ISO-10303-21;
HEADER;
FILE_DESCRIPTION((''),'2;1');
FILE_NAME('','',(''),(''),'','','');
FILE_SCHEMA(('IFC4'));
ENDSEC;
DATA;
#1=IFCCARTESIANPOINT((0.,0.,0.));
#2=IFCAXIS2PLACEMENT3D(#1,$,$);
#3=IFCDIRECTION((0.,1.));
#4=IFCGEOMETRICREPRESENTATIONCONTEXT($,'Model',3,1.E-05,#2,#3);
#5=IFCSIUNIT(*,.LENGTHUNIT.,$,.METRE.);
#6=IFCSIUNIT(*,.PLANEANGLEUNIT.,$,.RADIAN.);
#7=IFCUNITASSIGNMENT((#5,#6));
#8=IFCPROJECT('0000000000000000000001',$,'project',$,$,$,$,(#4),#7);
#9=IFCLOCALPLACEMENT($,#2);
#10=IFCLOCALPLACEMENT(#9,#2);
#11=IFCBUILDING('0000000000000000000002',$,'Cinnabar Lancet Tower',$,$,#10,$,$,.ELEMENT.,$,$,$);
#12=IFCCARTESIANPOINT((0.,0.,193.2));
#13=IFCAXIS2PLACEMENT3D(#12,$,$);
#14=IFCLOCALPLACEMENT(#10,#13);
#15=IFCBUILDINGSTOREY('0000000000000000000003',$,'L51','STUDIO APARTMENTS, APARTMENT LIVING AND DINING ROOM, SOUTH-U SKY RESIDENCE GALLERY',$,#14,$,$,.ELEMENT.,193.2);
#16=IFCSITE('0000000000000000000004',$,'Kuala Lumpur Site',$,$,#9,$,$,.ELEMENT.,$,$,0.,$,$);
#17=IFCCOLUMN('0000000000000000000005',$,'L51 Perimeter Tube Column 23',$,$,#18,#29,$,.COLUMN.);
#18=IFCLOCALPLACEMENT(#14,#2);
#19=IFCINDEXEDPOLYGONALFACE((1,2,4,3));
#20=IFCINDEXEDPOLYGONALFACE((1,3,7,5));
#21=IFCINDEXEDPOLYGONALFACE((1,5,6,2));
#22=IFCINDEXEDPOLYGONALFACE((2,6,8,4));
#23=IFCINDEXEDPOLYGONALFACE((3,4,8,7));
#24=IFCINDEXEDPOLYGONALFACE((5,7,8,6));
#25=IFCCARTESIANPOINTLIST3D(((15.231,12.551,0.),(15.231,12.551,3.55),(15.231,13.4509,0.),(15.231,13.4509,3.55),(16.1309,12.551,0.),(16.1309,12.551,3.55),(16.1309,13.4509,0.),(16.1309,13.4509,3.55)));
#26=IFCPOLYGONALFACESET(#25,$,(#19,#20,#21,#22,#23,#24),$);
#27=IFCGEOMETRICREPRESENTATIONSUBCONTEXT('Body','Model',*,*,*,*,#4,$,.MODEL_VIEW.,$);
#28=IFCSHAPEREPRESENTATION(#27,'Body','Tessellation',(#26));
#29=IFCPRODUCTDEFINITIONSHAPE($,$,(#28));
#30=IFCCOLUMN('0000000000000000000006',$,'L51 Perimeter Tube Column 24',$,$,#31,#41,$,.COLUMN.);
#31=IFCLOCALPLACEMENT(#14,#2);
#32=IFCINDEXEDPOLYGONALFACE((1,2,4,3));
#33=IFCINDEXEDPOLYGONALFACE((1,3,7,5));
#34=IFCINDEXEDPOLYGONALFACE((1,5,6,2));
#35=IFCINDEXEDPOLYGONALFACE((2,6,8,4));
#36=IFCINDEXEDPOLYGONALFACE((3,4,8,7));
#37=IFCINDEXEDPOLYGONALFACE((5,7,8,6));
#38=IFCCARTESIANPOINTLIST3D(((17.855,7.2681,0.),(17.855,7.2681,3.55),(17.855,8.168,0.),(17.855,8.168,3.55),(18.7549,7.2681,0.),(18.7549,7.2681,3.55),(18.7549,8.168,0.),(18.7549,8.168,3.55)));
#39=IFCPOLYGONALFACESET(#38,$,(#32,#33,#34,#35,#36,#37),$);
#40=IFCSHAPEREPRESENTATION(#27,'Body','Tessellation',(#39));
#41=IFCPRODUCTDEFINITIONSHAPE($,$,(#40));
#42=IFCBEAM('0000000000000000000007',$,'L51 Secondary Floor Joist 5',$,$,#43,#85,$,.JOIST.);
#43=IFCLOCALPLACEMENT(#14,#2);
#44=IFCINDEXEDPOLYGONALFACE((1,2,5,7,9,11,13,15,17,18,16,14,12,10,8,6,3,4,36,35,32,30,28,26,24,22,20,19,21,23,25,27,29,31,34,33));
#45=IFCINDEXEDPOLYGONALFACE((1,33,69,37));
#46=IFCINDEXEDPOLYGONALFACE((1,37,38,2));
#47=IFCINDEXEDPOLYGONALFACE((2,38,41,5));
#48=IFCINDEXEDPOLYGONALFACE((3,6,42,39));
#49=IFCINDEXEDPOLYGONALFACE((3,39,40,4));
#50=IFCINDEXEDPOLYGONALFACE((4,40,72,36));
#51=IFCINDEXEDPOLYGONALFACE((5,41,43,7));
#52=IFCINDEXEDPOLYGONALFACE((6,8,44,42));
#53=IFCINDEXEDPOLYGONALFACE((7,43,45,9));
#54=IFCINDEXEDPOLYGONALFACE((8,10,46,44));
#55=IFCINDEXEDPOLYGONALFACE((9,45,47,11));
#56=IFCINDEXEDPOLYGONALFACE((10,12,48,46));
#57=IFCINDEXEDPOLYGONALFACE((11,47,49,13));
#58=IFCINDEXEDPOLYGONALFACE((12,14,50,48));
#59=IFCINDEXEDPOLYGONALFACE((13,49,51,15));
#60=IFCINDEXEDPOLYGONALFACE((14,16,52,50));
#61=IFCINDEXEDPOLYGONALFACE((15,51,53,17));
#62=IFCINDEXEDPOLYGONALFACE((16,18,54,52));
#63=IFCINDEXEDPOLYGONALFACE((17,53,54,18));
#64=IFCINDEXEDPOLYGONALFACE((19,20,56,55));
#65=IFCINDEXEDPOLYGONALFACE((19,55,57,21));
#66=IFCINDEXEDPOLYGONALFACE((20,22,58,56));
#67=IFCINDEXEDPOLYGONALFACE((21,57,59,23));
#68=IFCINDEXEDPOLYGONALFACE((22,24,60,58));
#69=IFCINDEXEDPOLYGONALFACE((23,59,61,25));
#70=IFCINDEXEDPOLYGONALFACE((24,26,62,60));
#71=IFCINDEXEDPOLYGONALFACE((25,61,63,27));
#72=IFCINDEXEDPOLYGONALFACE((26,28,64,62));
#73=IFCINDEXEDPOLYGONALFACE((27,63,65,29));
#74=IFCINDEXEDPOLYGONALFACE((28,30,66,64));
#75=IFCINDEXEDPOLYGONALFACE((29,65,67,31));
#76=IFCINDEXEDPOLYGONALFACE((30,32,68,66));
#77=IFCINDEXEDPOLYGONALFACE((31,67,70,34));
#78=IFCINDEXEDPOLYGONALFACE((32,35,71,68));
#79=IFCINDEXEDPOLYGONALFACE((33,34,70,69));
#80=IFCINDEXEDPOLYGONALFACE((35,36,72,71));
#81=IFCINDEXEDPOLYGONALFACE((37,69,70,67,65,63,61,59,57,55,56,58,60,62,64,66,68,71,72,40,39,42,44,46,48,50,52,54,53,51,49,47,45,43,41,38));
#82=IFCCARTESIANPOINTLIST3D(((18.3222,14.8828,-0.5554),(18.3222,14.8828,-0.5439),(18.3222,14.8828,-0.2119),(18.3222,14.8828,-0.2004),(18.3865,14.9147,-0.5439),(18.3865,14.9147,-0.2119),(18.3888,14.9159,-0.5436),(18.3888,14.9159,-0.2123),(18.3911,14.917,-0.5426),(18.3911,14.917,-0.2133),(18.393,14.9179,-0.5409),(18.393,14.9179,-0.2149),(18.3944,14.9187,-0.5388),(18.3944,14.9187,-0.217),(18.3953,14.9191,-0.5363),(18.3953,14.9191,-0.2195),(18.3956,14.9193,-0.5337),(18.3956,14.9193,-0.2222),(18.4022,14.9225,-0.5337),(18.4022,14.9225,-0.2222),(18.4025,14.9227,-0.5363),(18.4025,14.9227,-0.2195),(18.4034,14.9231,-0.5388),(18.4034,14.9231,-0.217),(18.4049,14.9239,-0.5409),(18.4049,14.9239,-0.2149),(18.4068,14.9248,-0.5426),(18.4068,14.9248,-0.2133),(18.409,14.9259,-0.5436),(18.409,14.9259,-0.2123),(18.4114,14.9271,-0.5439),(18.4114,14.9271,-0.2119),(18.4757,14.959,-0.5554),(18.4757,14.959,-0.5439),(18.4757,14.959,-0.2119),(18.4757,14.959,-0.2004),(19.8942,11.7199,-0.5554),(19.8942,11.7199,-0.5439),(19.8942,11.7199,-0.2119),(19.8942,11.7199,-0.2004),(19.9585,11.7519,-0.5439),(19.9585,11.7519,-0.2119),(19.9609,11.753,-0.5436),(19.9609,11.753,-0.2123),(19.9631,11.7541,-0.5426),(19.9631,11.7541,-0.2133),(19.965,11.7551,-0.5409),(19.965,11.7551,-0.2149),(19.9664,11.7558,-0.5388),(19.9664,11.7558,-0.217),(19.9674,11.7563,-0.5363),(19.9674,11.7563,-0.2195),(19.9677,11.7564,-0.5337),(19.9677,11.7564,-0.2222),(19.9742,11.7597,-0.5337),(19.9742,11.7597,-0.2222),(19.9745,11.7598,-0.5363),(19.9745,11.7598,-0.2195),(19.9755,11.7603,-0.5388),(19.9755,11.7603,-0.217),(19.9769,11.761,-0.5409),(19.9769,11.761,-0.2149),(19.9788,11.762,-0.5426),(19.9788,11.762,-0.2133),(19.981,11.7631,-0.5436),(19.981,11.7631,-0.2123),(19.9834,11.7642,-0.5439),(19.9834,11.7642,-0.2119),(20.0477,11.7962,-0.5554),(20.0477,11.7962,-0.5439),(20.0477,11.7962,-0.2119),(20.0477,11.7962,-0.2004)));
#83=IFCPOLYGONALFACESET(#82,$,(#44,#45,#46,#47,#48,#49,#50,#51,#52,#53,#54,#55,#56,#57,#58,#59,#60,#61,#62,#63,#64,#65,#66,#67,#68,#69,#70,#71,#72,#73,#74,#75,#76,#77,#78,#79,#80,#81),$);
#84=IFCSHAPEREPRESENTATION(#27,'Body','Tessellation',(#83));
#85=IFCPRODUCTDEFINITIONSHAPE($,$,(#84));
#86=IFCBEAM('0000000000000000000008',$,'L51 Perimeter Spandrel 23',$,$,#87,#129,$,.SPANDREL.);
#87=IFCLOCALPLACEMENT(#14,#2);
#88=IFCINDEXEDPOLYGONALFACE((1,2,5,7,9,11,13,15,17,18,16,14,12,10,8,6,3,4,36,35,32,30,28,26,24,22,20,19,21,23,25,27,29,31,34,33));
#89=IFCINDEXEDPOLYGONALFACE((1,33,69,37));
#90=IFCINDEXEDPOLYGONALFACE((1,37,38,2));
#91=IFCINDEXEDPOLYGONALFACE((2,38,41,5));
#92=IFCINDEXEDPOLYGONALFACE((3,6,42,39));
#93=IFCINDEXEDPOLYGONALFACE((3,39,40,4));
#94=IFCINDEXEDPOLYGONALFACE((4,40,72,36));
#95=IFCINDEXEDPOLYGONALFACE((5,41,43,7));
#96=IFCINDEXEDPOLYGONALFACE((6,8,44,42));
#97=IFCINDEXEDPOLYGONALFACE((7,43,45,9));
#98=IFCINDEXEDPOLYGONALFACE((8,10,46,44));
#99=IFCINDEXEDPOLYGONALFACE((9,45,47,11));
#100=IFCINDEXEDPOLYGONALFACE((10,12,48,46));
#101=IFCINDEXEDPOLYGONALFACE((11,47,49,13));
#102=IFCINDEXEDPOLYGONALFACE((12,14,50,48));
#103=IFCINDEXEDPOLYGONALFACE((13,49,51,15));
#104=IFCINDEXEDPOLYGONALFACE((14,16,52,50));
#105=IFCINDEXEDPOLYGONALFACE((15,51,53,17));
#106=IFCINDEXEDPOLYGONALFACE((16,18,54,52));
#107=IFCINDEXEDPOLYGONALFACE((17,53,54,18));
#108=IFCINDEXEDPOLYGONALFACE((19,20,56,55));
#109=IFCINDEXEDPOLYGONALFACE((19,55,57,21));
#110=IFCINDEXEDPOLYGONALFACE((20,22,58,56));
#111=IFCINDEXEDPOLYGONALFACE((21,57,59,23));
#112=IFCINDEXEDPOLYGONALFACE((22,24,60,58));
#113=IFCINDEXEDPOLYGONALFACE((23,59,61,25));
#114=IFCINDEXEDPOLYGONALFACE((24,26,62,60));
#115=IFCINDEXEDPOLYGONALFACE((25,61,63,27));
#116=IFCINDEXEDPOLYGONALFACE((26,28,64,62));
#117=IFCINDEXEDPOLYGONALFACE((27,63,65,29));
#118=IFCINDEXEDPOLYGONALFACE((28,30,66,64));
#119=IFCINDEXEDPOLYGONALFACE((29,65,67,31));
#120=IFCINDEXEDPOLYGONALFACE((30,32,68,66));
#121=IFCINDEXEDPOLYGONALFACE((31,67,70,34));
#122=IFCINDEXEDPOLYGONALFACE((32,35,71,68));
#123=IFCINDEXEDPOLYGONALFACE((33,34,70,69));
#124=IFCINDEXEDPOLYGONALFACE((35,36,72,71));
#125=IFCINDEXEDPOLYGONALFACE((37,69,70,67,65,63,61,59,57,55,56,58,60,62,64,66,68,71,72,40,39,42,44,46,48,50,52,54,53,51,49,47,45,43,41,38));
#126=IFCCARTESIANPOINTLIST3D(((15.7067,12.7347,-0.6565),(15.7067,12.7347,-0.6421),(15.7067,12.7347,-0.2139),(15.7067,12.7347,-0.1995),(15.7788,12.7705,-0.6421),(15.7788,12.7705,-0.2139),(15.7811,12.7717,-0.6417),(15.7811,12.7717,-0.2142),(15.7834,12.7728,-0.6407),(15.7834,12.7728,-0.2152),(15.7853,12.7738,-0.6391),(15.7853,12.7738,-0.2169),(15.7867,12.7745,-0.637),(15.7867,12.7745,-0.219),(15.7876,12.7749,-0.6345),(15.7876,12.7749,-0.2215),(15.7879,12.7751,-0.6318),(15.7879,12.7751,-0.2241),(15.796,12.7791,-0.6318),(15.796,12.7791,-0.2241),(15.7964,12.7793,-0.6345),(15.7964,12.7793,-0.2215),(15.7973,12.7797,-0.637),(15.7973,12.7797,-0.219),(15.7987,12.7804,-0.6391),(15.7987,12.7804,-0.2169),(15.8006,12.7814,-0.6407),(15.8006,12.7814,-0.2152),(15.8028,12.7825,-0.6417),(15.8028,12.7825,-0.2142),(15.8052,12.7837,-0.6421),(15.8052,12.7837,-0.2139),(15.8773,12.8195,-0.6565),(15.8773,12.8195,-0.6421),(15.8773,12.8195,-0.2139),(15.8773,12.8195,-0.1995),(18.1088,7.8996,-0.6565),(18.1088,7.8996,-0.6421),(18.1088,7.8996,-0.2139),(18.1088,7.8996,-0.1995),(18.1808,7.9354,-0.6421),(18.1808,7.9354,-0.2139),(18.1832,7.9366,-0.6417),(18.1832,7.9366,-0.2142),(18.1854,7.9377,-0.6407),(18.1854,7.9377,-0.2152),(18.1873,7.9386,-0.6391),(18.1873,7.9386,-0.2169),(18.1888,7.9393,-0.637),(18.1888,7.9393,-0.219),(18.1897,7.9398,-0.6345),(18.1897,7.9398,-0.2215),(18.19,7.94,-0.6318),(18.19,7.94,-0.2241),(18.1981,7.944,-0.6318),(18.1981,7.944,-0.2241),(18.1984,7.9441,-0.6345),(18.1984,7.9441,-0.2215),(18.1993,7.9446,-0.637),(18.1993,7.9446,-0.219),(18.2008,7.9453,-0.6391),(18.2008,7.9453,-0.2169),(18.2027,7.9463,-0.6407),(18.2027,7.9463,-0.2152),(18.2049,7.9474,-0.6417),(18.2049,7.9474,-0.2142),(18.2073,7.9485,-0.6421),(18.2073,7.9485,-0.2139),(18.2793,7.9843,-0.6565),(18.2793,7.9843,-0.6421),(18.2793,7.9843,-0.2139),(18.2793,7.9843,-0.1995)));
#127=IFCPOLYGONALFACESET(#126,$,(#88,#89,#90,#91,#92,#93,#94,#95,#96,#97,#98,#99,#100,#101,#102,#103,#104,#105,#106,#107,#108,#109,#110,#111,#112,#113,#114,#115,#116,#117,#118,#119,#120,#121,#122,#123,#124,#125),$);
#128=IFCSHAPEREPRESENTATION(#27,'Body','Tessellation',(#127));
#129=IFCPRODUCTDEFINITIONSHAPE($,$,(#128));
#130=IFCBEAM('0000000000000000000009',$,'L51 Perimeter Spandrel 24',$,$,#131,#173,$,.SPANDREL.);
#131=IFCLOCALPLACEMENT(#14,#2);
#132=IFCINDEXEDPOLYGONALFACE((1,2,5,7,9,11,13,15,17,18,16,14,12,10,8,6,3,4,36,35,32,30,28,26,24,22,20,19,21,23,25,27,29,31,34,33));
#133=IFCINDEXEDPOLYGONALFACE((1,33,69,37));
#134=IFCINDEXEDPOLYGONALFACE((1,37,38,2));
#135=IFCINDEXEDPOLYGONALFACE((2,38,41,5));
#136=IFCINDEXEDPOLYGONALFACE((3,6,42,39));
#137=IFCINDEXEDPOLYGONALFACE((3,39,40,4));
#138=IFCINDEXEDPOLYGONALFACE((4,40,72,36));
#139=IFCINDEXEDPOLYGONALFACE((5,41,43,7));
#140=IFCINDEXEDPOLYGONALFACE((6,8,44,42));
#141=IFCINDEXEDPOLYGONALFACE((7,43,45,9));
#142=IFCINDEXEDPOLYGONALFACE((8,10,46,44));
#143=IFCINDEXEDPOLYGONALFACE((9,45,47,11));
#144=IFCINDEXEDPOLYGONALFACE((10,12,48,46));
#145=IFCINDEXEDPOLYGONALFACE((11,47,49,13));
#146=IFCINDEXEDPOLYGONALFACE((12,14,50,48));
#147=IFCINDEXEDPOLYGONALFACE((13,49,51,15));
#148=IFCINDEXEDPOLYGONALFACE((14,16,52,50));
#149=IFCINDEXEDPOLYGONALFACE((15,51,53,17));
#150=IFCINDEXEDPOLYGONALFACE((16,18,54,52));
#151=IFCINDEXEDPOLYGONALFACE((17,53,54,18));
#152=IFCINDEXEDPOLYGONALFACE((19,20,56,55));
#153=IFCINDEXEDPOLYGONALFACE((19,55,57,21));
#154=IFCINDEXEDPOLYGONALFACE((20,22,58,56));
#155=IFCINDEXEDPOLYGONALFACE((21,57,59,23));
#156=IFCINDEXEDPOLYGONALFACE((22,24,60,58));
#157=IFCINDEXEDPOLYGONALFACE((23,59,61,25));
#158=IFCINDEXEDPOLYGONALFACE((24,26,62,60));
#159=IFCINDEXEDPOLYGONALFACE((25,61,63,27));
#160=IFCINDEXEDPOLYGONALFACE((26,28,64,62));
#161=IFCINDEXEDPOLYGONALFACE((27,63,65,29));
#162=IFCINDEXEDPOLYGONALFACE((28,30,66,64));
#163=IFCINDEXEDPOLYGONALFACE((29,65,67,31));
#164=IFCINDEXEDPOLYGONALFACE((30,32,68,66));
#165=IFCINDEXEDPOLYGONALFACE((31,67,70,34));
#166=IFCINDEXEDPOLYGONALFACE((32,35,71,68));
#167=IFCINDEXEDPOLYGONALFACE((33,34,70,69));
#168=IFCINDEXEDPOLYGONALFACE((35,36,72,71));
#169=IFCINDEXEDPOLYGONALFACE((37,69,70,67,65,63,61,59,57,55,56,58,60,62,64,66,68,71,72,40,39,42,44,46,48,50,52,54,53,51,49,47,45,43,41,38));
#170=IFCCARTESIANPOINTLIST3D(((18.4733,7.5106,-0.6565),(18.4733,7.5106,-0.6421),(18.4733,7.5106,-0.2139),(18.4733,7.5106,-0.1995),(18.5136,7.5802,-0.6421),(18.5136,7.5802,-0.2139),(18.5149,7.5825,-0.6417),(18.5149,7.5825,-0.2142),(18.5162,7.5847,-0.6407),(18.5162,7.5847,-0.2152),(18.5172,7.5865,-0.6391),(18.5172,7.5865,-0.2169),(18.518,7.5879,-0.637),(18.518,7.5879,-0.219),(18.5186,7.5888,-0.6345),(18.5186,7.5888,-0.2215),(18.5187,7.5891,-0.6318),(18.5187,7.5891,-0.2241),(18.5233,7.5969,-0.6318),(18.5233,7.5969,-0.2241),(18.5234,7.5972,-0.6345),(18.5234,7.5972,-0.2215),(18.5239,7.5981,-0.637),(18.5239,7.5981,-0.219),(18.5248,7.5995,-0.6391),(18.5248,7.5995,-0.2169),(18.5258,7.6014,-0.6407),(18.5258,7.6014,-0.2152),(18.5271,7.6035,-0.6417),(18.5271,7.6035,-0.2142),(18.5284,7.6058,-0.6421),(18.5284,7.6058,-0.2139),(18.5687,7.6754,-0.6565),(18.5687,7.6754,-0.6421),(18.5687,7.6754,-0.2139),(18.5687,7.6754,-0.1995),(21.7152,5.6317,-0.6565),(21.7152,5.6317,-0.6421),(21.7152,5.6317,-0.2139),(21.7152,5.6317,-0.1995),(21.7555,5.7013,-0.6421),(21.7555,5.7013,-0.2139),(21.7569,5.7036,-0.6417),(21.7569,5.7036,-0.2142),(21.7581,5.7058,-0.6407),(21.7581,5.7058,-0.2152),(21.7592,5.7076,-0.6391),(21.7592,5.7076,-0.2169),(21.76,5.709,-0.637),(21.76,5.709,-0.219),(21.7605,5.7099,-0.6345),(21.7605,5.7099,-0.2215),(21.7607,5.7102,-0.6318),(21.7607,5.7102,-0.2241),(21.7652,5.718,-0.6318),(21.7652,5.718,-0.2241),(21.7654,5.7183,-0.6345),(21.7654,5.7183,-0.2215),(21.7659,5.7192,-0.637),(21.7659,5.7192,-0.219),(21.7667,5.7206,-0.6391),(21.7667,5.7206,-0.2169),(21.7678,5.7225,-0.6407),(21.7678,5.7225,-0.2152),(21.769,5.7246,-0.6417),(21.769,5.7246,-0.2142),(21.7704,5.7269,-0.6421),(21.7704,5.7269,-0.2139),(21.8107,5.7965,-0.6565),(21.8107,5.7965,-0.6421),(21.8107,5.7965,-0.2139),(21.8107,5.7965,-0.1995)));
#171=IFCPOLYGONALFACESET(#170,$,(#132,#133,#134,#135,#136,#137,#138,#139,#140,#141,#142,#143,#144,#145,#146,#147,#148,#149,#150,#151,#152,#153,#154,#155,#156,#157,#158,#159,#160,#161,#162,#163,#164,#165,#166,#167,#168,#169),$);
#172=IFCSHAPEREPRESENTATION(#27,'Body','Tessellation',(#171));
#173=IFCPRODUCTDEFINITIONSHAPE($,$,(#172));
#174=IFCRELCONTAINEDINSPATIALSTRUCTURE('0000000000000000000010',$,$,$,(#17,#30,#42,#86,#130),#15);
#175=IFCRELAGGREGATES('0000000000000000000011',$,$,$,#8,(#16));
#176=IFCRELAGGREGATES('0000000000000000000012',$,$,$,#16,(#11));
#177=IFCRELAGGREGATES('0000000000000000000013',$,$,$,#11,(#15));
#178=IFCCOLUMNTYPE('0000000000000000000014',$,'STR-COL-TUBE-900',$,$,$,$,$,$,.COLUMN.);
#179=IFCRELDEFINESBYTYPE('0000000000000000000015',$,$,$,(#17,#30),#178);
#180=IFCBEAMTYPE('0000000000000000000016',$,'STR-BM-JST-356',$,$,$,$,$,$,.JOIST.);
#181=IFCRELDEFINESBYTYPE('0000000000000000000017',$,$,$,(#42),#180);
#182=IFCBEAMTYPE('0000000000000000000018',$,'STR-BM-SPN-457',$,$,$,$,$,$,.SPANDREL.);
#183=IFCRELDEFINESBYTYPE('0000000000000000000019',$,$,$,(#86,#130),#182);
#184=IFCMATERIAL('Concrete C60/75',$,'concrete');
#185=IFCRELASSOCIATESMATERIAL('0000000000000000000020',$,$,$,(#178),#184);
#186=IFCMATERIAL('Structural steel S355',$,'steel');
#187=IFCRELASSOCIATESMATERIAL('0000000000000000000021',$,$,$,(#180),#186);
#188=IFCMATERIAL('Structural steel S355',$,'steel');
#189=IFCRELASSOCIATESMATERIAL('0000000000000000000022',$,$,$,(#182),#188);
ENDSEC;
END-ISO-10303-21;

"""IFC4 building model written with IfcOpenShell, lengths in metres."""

from ifc_helpers import new_model, si_unit, direction, frame, origin, origin_2d, place, context, subcontext, project, spatial, rectangle, i_section, extrude, material, material_profile, profile_set, type_object, element, save


model = new_model("IFC4")

# Units and contexts
model_context = context("Model", 3, precision=1e-05, world=origin(), true_north=direction((0.0, 1.0)))
body_context = subcontext(model_context, "Body", "Model", "MODEL_VIEW")
ifc_project = project(units=[si_unit("LENGTHUNIT", "METRE"), si_unit("PLANEANGLEUNIT", "RADIAN")], contexts=[model_context])

# Site, building, storey
site_placement = place(None, origin())
site = spatial("IfcSite", under=ifc_project, at=site_placement, Name="Kuala Lumpur Site", CompositionType="ELEMENT", RefElevation=0.0)
building_placement = place(site_placement, origin())
building = spatial("IfcBuilding", under=site, at=building_placement, Name="Cinnabar Lancet Tower", CompositionType="ELEMENT")
storey_placement = place(building_placement, frame((0.0, 0.0, 193.2)))
storey = spatial("IfcBuildingStorey", under=building, at=storey_placement, Name="L51", Description="STUDIO APARTMENTS, APARTMENT LIVING AND DINING ROOM, SOUTH-U SKY RESIDENCE GALLERY", CompositionType="ELEMENT", Elevation=193.2)

# Columns
ifc_material_1 = material(Name="Concrete C60/75", Category="concrete")
ifc_material_profile_1 = material_profile(ifc_material_1, rectangle(XDim=0.8999, YDim=0.8999, at=origin_2d()), Name="RC-COL 900x900")
ifc_profile_set_1 = profile_set([ifc_material_profile_1], Name="Concrete C60/75")
column_type = type_object("IfcColumnType", Name="STR-COL-TUBE-900", PredefinedType="COLUMN", material=ifc_profile_set_1)
for number, where, z_axis, x_axis, name in (
    (1, (15.6809, 13.001, 0.0), (0.0, 0.0, 1.0), (1.0, 0.0, 0.0), "L51 Perimeter Tube Column 23"),
    (2, (18.3049, 7.718, 0.0), (0.0, 0.0, 1.0), (1.0, 0.0, 0.0), "L51 Perimeter Tube Column 24"),
):
    element("IfcColumn", number, at=place(storey_placement, frame(where, z_axis=z_axis, x_axis=x_axis)), inside=storey, type_object=column_type, Name=name, PredefinedType="COLUMN", context=body_context, shape_type="SweptSolid", body=[
        extrude(rectangle(XDim=0.8999, YDim=0.8999, at=origin_2d()), origin(), (0.0, 0.0, 1.0), 3.55),
    ])

# Beams
ifc_material_2 = material(Name="Structural steel S355", Category="steel")
ifc_material_profile_2 = material_profile(ifc_material_2, i_section(OverallWidth=0.1714, OverallDepth=0.355, WebThickness=0.0073, FlangeThickness=0.0115, FilletRadius=0.0103, at=origin_2d()), Name="UKB 356x171x51")
ifc_profile_set_2 = profile_set([ifc_material_profile_2], Name="Structural steel S355")
beam_type_1 = type_object("IfcBeamType", Name="STR-BM-JST-356", PredefinedType="JOIST", material=ifc_profile_set_2)
beam_1_placement = place(storey_placement, frame((18.3989, 14.9209, -0.3779), z_axis=(0.445083, -0.895489, 0.0), x_axis=(0.895489, 0.445083, 0.0)))
element("IfcBeam", 3, at=beam_1_placement, inside=storey, type_object=beam_type_1, Name="L51 Secondary Floor Joist 5", PredefinedType="JOIST", context=body_context, shape_type="SweptSolid", body=[
    extrude(i_section(OverallWidth=0.1714, OverallDepth=0.355, WebThickness=0.0073, FlangeThickness=0.0115, FilletRadius=0.0103, at=origin_2d()), origin(), (0.0, 0.0, 1.0), 3.532),
])
ifc_material_3 = material(Name="Structural steel S355", Category="steel")
ifc_material_profile_3 = material_profile(ifc_material_3, i_section(OverallWidth=0.1904, OverallDepth=0.457, WebThickness=0.009, FlangeThickness=0.0144, FilletRadius=0.0103, at=origin_2d()), Name="UKB 457x191x74")
ifc_profile_set_3 = profile_set([ifc_material_profile_3], Name="Structural steel S355")
beam_type_2 = type_object("IfcBeamType", Name="STR-BM-SPN-457", PredefinedType="SPANDREL", material=ifc_profile_set_3)
beam_2_placement = place(storey_placement, frame((15.792, 12.7771, -0.428), z_axis=(0.444915, -0.895573, 0.0), x_axis=(0.895573, 0.444915, 0.0)))
element("IfcBeam", 4, at=beam_2_placement, inside=storey, type_object=beam_type_2, Name="L51 Perimeter Spandrel 23", PredefinedType="SPANDREL", context=body_context, shape_type="SweptSolid", body=[
    extrude(i_section(OverallWidth=0.1904, OverallDepth=0.457, WebThickness=0.009, FlangeThickness=0.0144, FilletRadius=0.0103, at=origin_2d()), origin(), (0.0, 0.0, 1.0), 5.3989),
])
beam_3_placement = place(storey_placement, frame((18.521, 7.593, -0.428), z_axis=(0.865196, -0.501434, 0.0), x_axis=(0.501434, 0.865196, 0.0)))
element("IfcBeam", 5, at=beam_3_placement, inside=storey, type_object=beam_type_2, Name="L51 Perimeter Spandrel 24", PredefinedType="SPANDREL", context=body_context, shape_type="SweptSolid", body=[
    extrude(i_section(OverallWidth=0.1904, OverallDepth=0.457, WebThickness=0.009, FlangeThickness=0.0144, FilletRadius=0.0103, at=origin_2d()), origin(), (0.0, 0.0, 1.0), 3.7471),
])

save(model, "model.ifc")
